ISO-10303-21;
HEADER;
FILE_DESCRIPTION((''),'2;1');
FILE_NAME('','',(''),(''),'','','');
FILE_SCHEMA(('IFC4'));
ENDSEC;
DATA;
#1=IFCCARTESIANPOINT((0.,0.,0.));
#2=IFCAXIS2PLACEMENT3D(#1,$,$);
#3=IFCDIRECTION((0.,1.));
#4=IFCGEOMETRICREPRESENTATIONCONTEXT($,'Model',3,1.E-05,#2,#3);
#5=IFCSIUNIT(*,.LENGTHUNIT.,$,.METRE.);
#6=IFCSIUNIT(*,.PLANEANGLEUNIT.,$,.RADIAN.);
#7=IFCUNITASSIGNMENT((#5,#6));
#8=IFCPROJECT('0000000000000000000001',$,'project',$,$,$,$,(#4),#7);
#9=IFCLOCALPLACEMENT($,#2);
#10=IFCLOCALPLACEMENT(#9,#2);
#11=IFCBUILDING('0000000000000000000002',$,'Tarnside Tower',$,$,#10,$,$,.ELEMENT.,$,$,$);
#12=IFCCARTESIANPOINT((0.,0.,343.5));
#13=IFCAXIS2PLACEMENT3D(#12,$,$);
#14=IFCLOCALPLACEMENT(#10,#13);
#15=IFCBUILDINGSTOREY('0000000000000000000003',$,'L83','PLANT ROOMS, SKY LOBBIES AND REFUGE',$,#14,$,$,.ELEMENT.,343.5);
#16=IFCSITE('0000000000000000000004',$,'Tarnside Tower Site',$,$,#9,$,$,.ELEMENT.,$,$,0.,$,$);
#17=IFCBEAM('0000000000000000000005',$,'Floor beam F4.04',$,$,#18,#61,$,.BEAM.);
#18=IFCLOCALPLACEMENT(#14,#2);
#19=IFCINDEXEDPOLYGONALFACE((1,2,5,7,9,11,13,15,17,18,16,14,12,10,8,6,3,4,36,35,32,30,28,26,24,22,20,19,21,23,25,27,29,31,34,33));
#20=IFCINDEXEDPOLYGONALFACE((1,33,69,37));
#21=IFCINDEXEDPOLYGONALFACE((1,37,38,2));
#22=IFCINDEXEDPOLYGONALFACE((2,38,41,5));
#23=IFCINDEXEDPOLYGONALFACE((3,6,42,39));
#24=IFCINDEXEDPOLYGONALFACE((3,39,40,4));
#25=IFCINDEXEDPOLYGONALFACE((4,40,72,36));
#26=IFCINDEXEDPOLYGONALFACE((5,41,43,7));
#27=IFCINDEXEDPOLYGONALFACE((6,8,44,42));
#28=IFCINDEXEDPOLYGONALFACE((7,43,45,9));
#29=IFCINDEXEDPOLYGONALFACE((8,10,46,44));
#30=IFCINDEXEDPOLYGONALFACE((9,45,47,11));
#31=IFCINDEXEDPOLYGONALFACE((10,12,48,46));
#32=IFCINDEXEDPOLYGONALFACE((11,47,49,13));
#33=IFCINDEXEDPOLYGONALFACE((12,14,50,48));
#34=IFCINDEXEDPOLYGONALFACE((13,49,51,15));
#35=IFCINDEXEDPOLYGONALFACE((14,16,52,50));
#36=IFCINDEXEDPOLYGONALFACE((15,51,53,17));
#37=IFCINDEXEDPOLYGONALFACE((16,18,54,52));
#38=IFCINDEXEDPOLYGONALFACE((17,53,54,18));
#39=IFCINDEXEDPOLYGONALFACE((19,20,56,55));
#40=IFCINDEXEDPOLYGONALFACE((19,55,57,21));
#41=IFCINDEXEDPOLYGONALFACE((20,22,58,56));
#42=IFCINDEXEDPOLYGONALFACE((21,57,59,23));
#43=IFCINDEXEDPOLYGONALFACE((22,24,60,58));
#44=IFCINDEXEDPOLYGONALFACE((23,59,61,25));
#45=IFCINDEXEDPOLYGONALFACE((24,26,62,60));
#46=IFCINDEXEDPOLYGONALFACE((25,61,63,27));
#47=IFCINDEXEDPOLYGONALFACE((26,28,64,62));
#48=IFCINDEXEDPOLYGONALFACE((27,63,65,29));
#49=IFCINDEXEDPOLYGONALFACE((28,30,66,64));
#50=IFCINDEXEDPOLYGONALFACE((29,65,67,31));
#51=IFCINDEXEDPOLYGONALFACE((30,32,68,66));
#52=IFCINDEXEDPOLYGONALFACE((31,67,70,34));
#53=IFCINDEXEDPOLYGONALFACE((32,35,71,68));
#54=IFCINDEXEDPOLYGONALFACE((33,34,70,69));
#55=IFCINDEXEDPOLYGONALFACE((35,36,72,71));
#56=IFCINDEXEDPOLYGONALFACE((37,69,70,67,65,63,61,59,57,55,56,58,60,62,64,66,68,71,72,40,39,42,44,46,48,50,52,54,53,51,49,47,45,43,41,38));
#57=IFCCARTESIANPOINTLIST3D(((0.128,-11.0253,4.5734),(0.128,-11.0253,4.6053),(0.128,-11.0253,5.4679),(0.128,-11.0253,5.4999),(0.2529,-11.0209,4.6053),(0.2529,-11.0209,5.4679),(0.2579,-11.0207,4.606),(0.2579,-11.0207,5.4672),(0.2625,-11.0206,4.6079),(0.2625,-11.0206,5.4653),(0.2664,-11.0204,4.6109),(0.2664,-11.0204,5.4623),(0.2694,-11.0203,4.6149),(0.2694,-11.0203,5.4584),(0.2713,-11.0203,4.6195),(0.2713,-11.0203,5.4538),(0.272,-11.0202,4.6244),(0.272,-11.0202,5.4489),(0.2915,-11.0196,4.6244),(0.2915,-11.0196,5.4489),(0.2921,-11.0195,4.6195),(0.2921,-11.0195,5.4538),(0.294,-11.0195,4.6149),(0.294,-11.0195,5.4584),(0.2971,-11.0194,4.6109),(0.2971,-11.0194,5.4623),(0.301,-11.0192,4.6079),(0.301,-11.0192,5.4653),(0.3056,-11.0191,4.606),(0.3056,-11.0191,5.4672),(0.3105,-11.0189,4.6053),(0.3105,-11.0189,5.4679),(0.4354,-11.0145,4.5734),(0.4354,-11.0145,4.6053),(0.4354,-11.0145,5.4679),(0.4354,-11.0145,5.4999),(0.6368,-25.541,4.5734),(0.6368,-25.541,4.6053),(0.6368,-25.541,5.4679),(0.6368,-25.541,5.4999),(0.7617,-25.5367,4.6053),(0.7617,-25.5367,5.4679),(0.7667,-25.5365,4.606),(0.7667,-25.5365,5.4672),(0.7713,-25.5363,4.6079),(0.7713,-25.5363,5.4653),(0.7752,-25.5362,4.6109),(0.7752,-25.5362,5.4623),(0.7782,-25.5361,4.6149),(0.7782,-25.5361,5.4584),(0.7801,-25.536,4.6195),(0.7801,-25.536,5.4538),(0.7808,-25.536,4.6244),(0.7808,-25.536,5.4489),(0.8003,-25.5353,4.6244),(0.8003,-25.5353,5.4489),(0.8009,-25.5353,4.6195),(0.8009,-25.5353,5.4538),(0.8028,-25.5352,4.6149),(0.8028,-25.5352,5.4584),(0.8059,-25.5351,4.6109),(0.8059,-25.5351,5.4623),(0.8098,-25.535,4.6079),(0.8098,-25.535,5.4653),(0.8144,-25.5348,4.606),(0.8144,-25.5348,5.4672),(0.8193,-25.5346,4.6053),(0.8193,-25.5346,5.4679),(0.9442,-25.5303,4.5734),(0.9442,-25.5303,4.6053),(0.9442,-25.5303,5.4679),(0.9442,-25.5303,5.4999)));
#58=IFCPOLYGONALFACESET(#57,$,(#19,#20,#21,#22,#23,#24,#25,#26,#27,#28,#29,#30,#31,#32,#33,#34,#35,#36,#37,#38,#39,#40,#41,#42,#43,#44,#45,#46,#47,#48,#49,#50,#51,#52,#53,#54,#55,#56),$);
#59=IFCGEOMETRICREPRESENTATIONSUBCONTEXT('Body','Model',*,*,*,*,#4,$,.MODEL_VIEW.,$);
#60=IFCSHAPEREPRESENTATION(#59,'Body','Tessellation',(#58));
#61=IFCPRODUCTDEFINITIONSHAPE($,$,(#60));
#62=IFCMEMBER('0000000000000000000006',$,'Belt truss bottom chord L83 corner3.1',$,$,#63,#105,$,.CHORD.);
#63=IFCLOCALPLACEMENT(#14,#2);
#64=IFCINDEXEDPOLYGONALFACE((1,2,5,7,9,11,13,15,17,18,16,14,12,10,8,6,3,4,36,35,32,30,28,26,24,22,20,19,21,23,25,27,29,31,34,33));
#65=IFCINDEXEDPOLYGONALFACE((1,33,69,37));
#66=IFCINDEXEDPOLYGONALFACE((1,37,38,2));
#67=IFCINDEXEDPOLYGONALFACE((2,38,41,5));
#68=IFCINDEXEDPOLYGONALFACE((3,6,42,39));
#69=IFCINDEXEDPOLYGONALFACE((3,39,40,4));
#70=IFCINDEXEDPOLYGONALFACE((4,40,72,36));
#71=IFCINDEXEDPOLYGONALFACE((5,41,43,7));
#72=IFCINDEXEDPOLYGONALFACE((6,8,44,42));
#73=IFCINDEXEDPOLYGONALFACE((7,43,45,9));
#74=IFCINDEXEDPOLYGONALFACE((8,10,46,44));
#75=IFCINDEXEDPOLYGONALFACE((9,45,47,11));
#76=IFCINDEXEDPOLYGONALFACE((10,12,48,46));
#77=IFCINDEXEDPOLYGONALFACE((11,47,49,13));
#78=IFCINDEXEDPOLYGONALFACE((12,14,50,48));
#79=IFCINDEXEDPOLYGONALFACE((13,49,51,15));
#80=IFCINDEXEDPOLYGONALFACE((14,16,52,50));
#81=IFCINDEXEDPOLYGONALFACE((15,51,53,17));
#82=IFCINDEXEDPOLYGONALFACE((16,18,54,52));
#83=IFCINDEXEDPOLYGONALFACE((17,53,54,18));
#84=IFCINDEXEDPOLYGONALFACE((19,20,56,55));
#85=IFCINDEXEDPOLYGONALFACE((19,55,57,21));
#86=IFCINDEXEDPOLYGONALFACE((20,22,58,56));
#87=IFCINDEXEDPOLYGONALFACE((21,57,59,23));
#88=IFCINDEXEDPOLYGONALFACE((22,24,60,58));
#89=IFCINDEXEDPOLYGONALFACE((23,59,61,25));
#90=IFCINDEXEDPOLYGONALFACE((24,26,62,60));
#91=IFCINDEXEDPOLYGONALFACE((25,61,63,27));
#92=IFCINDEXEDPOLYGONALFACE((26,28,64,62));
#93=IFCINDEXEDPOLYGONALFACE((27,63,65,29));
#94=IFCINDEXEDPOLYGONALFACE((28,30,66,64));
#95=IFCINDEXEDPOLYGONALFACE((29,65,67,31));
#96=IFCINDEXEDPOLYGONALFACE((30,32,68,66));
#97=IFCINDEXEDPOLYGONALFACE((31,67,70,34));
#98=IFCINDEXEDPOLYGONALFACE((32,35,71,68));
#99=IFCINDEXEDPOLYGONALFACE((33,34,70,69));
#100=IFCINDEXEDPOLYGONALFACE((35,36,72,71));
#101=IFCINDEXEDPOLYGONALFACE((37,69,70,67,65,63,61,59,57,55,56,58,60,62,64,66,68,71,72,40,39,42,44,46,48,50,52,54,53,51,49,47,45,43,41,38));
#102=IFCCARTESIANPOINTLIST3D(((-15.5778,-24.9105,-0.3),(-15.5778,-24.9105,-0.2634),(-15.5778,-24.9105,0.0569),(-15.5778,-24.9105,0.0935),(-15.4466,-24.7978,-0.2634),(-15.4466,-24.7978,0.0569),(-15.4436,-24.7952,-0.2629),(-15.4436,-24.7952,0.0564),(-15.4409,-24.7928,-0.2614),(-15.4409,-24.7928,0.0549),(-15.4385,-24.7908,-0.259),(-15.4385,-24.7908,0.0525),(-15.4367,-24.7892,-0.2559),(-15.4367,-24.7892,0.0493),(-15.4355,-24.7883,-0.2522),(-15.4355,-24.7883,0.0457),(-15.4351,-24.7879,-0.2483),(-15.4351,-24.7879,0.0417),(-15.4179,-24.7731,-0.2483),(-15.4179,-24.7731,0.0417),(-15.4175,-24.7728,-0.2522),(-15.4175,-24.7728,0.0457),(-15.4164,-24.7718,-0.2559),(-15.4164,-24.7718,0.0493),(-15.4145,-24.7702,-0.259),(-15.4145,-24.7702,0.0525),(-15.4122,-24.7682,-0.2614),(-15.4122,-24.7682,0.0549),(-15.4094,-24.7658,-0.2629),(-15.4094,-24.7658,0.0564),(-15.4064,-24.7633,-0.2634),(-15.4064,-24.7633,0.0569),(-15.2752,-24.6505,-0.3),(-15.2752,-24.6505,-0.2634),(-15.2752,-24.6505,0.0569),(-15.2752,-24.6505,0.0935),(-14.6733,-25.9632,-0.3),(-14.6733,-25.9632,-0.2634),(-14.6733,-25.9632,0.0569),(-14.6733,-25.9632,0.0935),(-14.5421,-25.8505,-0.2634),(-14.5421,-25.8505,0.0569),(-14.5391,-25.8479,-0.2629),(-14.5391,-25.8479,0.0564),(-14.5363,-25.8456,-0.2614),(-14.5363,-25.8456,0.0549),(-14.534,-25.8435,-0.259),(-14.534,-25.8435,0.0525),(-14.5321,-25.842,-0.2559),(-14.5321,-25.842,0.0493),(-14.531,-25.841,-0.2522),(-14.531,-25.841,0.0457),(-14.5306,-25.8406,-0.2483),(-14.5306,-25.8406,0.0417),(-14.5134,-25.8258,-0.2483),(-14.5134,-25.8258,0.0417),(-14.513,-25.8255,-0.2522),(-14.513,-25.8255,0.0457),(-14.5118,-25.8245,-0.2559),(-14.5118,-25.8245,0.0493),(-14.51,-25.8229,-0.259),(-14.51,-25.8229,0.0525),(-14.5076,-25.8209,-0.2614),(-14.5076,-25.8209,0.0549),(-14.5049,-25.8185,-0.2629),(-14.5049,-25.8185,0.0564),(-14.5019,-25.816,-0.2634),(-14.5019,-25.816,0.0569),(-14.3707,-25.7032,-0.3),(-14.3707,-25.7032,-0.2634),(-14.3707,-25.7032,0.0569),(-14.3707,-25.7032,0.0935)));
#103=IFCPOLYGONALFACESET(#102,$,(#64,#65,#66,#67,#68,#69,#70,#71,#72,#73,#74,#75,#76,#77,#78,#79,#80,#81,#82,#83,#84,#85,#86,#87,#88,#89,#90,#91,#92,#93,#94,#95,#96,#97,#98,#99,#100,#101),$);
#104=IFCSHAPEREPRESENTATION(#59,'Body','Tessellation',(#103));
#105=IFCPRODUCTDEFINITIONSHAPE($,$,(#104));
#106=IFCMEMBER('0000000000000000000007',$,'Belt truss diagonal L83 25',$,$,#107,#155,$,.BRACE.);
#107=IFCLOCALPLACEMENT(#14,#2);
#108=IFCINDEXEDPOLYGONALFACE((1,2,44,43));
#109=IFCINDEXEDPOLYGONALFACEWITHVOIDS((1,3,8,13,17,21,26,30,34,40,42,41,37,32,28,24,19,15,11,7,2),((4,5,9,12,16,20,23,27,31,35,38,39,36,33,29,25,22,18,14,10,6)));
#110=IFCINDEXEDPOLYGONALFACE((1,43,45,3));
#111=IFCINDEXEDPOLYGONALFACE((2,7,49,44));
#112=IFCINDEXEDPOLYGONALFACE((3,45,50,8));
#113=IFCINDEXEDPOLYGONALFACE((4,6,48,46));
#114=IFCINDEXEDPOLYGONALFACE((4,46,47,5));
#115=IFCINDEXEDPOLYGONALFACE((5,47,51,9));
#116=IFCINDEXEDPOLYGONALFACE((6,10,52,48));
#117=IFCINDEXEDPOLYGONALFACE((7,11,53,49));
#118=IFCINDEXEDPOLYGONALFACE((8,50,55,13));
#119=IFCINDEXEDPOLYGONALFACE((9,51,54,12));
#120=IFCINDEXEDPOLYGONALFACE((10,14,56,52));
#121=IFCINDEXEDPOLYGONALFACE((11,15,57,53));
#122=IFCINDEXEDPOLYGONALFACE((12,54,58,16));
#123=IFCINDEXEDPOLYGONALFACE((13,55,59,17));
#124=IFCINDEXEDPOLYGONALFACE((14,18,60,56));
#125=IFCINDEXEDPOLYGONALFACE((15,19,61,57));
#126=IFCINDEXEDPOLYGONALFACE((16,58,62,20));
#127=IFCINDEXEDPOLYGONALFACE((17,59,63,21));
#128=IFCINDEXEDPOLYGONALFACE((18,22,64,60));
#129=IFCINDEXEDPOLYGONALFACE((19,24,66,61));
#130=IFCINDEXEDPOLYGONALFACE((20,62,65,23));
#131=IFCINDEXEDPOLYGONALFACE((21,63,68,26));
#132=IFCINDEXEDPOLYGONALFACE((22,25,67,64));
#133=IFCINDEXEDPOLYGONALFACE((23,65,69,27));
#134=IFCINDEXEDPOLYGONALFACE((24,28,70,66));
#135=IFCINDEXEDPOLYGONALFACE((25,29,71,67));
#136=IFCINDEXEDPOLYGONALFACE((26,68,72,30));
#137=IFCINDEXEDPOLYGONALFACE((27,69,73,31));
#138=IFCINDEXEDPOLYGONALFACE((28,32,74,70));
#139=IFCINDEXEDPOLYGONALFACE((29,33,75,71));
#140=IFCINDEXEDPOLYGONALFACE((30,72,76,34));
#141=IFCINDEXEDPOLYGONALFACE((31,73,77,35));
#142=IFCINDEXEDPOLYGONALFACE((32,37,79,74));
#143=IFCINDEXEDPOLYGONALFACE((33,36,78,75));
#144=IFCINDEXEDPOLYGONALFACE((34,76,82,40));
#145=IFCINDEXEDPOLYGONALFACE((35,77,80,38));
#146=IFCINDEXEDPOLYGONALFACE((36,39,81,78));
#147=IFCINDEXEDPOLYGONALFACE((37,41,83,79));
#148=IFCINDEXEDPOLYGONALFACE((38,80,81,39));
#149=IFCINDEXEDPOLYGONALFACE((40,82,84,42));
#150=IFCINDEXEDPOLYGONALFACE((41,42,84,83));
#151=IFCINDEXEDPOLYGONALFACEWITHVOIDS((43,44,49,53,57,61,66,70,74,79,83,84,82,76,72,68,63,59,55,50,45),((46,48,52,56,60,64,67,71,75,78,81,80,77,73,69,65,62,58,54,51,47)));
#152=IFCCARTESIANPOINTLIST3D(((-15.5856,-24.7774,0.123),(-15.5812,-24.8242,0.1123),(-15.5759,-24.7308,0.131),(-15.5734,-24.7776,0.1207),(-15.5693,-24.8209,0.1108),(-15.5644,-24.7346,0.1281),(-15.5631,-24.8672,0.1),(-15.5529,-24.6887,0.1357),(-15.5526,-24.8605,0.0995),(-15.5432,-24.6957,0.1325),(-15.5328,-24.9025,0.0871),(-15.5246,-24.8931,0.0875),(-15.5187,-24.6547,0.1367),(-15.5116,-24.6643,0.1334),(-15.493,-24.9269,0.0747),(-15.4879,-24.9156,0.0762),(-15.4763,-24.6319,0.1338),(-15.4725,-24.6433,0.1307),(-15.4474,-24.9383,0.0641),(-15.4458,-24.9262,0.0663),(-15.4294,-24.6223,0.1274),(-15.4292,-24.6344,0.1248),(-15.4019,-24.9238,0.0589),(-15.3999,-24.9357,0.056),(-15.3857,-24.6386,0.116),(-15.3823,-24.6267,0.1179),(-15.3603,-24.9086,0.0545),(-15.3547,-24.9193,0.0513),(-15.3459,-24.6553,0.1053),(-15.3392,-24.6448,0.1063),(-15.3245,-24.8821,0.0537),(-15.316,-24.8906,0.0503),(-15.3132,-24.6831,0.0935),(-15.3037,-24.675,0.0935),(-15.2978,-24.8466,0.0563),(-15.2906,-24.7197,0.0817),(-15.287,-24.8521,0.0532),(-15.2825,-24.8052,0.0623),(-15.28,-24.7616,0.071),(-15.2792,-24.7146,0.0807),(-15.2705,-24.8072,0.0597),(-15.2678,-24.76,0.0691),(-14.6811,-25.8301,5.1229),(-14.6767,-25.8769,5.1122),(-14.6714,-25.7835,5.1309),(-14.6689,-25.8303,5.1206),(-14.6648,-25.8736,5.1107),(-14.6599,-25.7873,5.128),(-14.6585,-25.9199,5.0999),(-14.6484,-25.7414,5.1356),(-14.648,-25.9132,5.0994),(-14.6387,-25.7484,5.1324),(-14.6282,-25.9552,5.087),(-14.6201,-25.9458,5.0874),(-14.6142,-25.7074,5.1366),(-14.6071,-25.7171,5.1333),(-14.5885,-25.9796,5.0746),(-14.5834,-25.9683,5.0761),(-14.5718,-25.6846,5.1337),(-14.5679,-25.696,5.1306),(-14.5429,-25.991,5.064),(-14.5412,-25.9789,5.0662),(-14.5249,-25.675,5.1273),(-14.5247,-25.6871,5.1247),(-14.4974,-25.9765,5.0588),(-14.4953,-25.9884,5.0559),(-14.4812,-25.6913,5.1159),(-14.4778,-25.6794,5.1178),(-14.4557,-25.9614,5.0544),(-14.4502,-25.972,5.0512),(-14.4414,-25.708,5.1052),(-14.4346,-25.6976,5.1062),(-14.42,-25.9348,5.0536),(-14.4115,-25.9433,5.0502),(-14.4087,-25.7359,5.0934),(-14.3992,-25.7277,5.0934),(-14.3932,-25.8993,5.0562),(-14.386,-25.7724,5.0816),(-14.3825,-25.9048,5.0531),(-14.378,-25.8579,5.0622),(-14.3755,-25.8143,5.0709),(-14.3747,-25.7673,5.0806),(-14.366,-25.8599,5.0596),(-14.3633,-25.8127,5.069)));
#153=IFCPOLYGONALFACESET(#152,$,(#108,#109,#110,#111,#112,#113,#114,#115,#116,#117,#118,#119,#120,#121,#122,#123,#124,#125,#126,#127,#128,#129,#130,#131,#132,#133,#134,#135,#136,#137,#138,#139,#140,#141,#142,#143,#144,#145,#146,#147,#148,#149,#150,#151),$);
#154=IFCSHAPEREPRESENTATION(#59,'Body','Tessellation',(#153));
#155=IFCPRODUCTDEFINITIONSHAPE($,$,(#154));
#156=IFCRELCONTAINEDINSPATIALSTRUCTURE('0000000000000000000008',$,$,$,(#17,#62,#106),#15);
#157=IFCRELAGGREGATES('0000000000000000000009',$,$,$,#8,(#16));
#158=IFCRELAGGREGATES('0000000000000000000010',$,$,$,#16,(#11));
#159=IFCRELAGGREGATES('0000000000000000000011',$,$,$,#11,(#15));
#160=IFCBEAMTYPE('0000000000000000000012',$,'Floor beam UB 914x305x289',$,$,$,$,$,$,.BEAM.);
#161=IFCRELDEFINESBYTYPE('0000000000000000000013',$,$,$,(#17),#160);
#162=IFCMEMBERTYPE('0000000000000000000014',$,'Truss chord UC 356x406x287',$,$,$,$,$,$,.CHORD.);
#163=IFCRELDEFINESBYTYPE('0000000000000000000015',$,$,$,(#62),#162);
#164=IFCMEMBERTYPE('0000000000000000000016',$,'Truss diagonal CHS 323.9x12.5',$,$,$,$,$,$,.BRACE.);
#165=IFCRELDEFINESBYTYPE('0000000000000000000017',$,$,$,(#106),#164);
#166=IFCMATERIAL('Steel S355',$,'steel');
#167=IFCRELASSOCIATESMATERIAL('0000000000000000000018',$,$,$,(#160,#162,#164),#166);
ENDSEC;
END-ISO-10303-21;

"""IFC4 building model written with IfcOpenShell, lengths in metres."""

from ifc_helpers import new_model, si_unit, direction, frame, origin, origin_2d, place, context, subcontext, project, spatial, hollow_circle, i_section, extrude, material, material_profile, profile_set, type_object, element, save


model = new_model("IFC4")

# Units and contexts
model_context = context("Model", 3, precision=1e-05, world=origin(), true_north=direction((0.0, 1.0)))
body_context = subcontext(model_context, "Body", "Model", "MODEL_VIEW")
ifc_project = project(units=[si_unit("LENGTHUNIT", "METRE"), si_unit("PLANEANGLEUNIT", "RADIAN")], contexts=[model_context])

# Site, building, storey
site_placement = place(None, origin())
site = spatial("IfcSite", under=ifc_project, at=site_placement, Name="Tarnside Tower Site", CompositionType="ELEMENT", RefElevation=0.0)
building_placement = place(site_placement, origin())
building = spatial("IfcBuilding", under=site, at=building_placement, Name="Tarnside Tower", CompositionType="ELEMENT")
storey_placement = place(building_placement, frame((0.0, 0.0, 343.5)))
storey = spatial("IfcBuildingStorey", under=building, at=storey_placement, Name="L83", Description="PLANT ROOMS, SKY LOBBIES AND REFUGE", CompositionType="ELEMENT", Elevation=343.5)

# Beam
ifc_material_1 = material(Name="Steel S355", Category="steel")
ifc_material_profile_1 = material_profile(ifc_material_1, i_section(OverallWidth=0.3076, OverallDepth=0.9265, WebThickness=0.0195, FlangeThickness=0.032, FilletRadius=0.019, at=origin_2d()), Name="UB 914x305x289")
ifc_profile_set_1 = profile_set([ifc_material_profile_1], Name="Steel S355")
beam_type = type_object("IfcBeamType", Name="Floor beam UB 914x305x289", PredefinedType="BEAM", material=ifc_profile_set_1)
beam_placement = place(storey_placement, frame((0.7905, -25.5356, 5.0366), z_axis=(-0.03503, 0.999386, 0.0), x_axis=(-0.999386, -0.03503, 0.0)))
element("IfcBeam", 1, at=beam_placement, inside=storey, type_object=beam_type, Name="Floor beam F4.04", PredefinedType="BEAM", context=body_context, shape_type="SweptSolid", body=[
    extrude(i_section(OverallWidth=0.3076, OverallDepth=0.9265, WebThickness=0.0195, FlangeThickness=0.032, FilletRadius=0.019, at=origin_2d()), origin(), (0.0, 0.0, 1.0), 14.5247),
])

# Members
ifc_material_profile_2 = material_profile(ifc_material_1, i_section(OverallWidth=0.3989, OverallDepth=0.3936, WebThickness=0.0227, FlangeThickness=0.0366, FilletRadius=0.0151, at=origin_2d()), Name="UC 356x406x287")
ifc_profile_set_2 = profile_set([ifc_material_profile_2], Name="Steel S355")
member_type_1 = type_object("IfcMemberType", Name="Truss chord UC 356x406x287", PredefinedType="CHORD", material=ifc_profile_set_2)
member_1_placement = place(storey_placement, frame((-15.4265, -24.7805, -0.1033), z_axis=(0.651704, -0.758474, 0.0), x_axis=(0.758474, 0.651704, 0.0)))
element("IfcMember", 2, at=member_1_placement, inside=storey, type_object=member_type_1, Name="Belt truss bottom chord L83 corner3.1", PredefinedType="CHORD", context=body_context, shape_type="SweptSolid", body=[
    extrude(i_section(OverallWidth=0.3989, OverallDepth=0.3936, WebThickness=0.0227, FlangeThickness=0.0366, FilletRadius=0.0151, at=origin_2d()), origin(), (0.0, 0.0, 1.0), 1.3879),
])
ifc_material_profile_3 = material_profile(ifc_material_1, hollow_circle(Radius=0.1619, WallThickness=0.0125, at=origin_2d()), Name="CHS 323.9x12.5")
ifc_profile_set_3 = profile_set([ifc_material_profile_3], Name="Steel S355")
member_type_2 = type_object("IfcMemberType", Name="Truss diagonal CHS 323.9x12.5", PredefinedType="BRACE", material=ifc_profile_set_3)
member_2_placement = place(storey_placement, frame((-15.4265, -24.7805, 0.0935), z_axis=(0.174317, -0.202875, 0.963564), x_axis=(0.758474, 0.651704, 0.0)))
element("IfcMember", 3, at=member_2_placement, inside=storey, type_object=member_type_2, Name="Belt truss diagonal L83 25", PredefinedType="BRACE", context=body_context, shape_type="SweptSolid", body=[
    extrude(hollow_circle(Radius=0.1619, WallThickness=0.0125, at=origin_2d()), origin(), (0.0, 0.0, 1.0), 5.189),
])

save(model, "model.ifc")
